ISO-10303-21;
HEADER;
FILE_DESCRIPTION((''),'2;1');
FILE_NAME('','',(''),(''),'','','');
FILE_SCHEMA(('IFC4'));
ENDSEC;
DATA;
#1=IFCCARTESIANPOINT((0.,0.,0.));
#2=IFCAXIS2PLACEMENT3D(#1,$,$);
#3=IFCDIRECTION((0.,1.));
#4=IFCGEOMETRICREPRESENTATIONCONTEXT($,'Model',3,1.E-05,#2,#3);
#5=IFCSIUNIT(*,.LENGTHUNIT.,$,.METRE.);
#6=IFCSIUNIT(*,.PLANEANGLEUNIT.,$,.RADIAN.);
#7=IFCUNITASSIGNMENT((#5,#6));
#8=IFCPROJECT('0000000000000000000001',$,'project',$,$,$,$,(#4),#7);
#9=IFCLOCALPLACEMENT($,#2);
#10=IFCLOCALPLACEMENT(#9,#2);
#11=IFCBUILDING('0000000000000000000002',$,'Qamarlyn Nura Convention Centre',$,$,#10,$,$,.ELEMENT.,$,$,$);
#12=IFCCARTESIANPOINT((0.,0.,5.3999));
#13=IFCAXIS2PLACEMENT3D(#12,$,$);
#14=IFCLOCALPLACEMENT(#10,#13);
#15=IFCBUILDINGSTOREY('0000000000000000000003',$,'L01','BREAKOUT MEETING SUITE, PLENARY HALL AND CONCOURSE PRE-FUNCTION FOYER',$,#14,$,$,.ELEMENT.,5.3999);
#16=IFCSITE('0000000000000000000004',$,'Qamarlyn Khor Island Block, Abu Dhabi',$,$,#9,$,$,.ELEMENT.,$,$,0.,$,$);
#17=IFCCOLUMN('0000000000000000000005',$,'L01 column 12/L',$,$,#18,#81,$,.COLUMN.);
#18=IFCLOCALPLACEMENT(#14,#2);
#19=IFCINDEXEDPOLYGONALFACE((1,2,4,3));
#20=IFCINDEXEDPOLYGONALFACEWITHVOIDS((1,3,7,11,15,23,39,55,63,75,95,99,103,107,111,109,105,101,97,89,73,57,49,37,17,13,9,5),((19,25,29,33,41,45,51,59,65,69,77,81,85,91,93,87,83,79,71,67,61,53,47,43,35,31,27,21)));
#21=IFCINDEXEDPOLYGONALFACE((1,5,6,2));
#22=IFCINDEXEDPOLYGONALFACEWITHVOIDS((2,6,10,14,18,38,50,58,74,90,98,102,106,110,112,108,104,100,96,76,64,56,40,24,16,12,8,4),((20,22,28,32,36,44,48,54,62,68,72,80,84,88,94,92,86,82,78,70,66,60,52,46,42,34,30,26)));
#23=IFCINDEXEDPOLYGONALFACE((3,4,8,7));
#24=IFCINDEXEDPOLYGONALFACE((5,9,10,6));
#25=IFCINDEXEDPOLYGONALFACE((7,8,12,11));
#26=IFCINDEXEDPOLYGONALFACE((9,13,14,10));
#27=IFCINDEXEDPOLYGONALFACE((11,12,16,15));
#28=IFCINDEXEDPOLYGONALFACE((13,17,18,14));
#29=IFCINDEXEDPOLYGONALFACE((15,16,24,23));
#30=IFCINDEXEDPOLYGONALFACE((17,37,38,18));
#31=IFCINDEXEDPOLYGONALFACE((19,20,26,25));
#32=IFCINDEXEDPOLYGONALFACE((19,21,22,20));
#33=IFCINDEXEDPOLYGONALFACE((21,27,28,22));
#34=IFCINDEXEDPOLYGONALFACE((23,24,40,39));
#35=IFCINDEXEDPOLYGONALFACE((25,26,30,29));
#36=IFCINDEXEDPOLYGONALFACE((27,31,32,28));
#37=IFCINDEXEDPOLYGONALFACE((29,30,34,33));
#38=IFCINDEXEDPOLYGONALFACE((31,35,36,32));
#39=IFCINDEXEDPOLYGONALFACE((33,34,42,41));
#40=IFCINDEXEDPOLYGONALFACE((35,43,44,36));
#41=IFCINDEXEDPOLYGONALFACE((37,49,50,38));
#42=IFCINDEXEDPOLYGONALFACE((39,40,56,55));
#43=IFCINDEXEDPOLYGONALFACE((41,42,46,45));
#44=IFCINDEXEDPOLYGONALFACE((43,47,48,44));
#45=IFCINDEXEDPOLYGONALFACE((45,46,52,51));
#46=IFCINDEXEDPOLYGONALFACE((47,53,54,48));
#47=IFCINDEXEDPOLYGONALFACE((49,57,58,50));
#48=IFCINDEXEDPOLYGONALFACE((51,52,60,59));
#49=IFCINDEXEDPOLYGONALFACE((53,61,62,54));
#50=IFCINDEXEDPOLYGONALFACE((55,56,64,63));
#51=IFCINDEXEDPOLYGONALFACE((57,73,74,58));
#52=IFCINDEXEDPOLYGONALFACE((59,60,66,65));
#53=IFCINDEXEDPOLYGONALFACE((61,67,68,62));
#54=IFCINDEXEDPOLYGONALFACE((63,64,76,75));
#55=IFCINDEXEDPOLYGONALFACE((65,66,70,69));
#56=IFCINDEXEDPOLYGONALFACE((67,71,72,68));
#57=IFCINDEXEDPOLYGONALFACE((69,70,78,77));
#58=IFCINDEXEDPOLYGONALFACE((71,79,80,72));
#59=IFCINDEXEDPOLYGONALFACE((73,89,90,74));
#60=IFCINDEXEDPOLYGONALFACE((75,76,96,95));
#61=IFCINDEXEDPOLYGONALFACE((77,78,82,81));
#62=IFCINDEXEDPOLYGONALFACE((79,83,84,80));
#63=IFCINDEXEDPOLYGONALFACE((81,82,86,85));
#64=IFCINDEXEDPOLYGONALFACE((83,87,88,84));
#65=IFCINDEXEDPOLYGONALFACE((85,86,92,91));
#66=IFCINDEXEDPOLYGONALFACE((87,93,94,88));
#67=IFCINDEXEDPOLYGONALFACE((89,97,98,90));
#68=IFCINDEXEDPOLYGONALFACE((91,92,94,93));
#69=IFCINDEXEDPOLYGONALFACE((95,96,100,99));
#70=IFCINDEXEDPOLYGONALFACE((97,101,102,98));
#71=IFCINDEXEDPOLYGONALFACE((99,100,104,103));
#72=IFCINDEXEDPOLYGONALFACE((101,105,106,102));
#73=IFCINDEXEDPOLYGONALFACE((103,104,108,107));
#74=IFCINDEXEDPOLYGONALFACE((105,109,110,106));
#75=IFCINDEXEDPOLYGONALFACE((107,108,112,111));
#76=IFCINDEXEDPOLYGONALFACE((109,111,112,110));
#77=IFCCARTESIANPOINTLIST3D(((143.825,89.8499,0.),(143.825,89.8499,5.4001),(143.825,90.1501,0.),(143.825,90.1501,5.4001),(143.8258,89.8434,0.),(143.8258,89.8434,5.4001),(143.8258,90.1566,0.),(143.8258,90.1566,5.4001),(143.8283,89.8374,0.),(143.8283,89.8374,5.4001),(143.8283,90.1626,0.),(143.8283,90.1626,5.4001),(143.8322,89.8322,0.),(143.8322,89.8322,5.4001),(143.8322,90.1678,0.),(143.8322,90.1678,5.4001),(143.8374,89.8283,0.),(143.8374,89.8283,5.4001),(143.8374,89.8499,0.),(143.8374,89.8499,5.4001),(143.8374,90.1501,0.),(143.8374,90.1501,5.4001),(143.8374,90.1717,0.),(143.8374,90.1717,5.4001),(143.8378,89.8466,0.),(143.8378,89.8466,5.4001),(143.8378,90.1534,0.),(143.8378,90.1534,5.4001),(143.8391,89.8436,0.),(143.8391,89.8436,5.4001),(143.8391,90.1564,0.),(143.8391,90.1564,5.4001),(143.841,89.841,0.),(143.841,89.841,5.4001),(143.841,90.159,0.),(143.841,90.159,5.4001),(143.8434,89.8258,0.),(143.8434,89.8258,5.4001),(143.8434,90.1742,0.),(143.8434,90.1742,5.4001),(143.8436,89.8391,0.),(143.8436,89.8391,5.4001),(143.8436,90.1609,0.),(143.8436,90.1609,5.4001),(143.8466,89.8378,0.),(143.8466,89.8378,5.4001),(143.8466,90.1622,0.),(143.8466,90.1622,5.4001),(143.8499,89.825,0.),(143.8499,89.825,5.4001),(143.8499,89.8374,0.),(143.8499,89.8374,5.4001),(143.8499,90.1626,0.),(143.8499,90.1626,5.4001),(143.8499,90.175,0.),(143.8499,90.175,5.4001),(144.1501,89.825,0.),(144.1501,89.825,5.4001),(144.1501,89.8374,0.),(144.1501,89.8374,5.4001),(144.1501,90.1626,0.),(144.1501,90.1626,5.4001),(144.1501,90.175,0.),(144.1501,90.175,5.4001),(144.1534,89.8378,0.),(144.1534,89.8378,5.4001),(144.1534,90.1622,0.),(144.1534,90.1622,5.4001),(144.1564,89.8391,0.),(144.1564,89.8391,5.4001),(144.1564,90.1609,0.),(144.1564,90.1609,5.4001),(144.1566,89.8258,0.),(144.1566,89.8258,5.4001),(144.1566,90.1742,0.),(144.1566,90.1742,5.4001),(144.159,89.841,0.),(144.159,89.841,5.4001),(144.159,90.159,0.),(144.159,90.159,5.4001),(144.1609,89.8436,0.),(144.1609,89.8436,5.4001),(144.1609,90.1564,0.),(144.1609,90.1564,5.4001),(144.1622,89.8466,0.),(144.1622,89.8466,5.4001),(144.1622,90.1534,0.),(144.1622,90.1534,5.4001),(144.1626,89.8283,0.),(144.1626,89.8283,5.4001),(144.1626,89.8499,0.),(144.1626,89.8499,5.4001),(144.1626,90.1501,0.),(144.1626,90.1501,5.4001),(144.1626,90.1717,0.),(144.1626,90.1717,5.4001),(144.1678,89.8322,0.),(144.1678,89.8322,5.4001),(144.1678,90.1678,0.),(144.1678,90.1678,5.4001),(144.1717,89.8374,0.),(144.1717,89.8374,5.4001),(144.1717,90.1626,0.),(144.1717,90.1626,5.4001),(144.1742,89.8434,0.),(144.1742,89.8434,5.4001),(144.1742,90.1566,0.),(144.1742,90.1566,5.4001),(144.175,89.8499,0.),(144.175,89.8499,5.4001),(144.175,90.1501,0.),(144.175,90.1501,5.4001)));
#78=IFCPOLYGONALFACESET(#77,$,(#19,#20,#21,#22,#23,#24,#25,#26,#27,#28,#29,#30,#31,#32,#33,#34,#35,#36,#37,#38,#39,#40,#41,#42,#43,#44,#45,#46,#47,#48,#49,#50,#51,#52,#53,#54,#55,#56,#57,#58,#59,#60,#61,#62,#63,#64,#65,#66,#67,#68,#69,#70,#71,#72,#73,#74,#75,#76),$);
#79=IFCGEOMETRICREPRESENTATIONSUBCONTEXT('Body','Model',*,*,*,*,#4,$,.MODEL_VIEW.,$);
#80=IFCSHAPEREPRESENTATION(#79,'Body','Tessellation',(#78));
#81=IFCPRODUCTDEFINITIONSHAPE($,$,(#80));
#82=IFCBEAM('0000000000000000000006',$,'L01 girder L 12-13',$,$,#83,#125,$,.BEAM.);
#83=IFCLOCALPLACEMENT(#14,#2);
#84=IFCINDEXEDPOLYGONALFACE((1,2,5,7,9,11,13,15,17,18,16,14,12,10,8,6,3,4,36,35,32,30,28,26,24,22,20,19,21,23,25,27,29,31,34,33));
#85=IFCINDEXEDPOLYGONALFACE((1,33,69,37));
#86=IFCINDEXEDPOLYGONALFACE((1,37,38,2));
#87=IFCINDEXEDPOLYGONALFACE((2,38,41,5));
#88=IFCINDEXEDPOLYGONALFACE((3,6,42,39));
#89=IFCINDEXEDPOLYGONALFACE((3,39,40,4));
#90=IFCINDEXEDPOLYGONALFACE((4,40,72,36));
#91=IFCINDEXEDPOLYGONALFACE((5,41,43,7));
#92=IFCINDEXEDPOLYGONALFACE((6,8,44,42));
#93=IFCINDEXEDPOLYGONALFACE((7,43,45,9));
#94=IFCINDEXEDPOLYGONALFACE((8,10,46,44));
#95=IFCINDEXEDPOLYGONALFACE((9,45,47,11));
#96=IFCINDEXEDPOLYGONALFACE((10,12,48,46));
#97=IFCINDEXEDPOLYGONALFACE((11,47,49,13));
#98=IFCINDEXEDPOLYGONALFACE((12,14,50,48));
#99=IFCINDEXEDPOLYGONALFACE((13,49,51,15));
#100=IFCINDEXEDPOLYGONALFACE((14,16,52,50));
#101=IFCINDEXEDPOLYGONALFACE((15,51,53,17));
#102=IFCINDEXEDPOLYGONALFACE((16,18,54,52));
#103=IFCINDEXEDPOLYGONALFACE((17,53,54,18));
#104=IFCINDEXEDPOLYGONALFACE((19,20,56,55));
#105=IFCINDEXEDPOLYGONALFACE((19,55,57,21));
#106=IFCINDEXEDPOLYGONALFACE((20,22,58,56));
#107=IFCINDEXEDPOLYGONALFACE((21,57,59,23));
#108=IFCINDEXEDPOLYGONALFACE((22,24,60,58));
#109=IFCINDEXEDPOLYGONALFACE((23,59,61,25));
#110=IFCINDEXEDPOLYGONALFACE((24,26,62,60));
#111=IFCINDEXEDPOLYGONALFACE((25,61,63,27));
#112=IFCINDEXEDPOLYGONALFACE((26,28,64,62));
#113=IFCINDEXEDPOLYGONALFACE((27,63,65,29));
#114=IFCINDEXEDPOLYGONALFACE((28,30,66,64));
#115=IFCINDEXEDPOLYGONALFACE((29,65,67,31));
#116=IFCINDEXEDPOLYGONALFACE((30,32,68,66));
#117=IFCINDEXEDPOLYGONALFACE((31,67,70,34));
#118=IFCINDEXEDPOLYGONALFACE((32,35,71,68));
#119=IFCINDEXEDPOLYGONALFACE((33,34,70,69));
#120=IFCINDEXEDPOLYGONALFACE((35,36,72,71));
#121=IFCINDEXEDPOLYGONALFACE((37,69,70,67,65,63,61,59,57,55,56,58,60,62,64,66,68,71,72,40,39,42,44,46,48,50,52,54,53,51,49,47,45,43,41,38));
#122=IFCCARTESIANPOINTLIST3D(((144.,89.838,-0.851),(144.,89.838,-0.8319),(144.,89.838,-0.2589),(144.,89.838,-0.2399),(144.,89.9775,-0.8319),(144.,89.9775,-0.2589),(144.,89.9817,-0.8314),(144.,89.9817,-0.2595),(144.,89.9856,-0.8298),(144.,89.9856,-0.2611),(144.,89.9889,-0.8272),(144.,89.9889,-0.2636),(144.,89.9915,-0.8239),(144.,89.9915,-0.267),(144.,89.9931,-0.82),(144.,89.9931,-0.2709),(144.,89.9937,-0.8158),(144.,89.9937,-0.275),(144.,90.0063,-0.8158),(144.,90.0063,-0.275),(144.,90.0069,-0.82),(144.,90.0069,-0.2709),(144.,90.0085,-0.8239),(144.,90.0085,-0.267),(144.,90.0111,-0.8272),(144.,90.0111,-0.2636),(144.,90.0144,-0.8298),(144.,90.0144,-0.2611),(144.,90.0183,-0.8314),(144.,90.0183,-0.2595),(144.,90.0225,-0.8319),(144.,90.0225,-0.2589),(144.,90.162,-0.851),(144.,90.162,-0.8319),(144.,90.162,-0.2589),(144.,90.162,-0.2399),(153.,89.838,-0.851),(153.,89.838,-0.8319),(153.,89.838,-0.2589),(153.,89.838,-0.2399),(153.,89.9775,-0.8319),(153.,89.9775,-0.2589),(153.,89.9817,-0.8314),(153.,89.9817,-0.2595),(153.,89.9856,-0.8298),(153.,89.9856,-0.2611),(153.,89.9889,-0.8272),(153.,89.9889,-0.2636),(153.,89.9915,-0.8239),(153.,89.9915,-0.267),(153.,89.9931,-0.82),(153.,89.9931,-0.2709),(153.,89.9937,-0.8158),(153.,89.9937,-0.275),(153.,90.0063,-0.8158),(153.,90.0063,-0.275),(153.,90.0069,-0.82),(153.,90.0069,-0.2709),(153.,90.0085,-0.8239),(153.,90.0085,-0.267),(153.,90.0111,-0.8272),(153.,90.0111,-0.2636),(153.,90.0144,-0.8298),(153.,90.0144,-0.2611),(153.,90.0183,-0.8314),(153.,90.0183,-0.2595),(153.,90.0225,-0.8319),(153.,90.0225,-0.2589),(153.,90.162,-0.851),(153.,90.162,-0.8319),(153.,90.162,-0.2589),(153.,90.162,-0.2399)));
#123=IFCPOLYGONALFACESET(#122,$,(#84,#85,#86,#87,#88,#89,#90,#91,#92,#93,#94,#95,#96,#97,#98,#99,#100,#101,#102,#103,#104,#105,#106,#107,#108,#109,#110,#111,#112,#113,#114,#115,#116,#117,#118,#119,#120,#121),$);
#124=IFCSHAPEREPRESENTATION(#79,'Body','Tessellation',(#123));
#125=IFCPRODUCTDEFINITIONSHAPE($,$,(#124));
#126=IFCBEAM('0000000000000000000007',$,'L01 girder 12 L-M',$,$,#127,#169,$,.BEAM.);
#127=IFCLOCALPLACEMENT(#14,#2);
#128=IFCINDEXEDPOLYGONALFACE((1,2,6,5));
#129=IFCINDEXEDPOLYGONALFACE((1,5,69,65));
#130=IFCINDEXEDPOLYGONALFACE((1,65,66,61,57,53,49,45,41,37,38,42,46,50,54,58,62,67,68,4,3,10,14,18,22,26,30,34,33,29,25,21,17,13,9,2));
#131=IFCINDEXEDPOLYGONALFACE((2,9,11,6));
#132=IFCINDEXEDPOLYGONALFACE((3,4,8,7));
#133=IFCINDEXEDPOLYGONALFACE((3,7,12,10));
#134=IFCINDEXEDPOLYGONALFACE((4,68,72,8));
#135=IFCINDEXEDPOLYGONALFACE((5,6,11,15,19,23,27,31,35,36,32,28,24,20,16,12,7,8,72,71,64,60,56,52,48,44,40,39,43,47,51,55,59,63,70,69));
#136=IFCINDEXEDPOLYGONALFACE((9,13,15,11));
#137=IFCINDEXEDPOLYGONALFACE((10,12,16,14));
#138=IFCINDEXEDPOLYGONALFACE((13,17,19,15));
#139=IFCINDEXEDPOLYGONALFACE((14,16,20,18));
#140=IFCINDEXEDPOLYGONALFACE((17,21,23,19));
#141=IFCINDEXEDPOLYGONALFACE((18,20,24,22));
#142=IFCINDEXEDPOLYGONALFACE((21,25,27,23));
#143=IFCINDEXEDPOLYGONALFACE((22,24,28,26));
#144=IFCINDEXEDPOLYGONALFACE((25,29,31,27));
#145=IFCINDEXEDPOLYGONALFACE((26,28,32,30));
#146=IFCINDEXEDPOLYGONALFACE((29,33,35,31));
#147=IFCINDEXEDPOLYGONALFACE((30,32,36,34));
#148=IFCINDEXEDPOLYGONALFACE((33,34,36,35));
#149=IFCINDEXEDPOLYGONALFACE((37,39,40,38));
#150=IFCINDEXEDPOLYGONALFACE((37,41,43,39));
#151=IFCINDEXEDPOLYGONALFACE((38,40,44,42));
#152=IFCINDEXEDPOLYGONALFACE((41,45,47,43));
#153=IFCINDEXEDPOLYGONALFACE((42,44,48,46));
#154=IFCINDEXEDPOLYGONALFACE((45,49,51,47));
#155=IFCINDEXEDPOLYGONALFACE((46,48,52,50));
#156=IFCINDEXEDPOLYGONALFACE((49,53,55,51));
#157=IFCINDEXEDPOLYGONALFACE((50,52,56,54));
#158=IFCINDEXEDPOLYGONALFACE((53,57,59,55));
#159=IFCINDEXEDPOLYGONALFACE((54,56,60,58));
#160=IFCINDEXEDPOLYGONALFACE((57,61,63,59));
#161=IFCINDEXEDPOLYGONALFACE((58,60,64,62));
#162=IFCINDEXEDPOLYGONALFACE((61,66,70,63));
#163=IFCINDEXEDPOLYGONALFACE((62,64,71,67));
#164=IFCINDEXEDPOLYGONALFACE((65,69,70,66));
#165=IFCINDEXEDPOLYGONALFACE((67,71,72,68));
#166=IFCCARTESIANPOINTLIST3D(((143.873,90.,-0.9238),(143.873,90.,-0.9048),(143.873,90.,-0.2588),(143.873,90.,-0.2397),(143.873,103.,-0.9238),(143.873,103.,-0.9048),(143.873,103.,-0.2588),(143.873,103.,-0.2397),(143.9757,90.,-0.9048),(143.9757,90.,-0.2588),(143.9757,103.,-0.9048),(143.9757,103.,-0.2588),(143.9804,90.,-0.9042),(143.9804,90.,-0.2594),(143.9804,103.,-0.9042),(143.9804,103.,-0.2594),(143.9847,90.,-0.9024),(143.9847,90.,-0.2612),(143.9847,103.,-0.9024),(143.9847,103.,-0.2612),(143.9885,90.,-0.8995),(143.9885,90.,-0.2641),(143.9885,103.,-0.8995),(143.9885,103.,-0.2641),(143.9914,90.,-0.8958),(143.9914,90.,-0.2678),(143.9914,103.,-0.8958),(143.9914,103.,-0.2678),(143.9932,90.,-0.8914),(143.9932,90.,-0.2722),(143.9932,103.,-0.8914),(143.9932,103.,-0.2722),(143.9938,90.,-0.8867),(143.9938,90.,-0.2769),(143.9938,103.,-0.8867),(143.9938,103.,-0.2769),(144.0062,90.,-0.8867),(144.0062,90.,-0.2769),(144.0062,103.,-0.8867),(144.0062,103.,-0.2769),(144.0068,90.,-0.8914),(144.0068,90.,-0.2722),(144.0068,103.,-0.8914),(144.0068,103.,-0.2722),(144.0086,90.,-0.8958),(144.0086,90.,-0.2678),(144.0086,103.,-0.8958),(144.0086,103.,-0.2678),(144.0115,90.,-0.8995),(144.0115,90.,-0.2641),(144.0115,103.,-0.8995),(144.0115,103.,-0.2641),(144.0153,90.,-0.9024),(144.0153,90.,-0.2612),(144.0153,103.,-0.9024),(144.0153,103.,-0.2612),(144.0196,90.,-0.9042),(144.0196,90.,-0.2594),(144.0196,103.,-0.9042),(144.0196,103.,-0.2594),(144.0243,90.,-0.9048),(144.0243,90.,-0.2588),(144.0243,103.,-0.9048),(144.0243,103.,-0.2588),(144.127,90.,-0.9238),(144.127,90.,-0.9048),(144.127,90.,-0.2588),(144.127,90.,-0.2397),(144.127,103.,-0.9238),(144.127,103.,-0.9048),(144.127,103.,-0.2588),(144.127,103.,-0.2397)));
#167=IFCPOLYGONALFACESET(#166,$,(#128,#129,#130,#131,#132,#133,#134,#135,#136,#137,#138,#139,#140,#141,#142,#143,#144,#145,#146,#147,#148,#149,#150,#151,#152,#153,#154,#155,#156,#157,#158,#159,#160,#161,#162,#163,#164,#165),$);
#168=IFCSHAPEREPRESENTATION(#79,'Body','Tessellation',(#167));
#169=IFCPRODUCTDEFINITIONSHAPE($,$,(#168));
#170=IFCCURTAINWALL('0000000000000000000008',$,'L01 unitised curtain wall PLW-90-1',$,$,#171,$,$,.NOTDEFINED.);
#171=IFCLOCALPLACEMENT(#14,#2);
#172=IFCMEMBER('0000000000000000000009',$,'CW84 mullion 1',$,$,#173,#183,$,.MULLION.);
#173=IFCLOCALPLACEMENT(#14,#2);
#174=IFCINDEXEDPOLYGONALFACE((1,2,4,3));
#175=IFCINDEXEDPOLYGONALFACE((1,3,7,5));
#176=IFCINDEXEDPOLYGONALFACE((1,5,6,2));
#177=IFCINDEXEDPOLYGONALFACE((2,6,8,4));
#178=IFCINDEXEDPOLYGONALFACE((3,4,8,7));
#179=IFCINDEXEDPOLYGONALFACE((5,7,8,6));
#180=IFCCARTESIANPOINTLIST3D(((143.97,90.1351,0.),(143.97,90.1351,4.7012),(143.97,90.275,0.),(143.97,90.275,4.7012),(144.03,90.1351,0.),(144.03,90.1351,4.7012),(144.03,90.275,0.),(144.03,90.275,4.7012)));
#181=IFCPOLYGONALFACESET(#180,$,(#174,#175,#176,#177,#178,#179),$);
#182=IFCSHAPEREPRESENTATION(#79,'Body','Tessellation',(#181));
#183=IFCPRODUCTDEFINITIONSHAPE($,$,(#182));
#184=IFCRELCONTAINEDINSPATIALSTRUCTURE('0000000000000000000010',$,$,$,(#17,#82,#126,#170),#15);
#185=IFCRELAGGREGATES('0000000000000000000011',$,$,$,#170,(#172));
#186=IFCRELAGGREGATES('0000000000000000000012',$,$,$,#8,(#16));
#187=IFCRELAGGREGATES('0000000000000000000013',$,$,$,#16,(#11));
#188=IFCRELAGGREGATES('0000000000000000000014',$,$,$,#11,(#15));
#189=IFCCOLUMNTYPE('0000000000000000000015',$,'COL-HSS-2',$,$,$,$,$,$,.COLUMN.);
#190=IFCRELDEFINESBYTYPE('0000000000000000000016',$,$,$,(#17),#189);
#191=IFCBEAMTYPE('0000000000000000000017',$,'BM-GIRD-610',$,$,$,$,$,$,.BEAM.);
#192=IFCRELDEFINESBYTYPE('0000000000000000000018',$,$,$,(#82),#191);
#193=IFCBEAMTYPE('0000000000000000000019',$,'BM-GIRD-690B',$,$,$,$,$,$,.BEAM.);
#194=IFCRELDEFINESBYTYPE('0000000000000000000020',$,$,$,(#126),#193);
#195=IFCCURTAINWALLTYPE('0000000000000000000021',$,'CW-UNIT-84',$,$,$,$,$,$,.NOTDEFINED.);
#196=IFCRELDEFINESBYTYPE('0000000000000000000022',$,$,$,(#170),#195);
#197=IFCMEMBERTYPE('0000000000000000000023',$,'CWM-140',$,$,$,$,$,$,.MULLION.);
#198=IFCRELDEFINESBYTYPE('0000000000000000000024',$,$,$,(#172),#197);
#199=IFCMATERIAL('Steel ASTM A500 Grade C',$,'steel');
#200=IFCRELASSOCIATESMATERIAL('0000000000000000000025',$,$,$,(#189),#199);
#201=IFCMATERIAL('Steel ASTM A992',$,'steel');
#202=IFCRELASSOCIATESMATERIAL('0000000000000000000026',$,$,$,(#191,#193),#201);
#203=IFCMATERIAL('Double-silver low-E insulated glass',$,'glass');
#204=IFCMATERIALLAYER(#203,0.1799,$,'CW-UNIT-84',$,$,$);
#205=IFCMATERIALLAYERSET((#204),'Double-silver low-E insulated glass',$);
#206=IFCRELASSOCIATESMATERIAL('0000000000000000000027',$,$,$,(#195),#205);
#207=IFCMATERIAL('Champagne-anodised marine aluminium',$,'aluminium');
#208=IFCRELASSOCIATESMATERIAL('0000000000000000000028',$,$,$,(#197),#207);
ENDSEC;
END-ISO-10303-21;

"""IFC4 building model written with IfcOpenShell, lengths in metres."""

from ifc_helpers import new_model, si_unit, direction, frame, origin, origin_2d, place, context, subcontext, project, spatial, rectangle, hollow_rectangle, i_section, extrude, material, layer, layer_set, material_profile, profile_set, type_object, element, aggregate, save


model = new_model("IFC4")

# Units and contexts
model_context = context("Model", 3, precision=1e-05, world=origin(), true_north=direction((0.0, 1.0)))
body_context = subcontext(model_context, "Body", "Model", "MODEL_VIEW")
ifc_project = project(units=[si_unit("LENGTHUNIT", "METRE"), si_unit("PLANEANGLEUNIT", "RADIAN")], contexts=[model_context])

# Site, building, storey
site_placement = place(None, origin())
site = spatial("IfcSite", under=ifc_project, at=site_placement, Name="Qamarlyn Khor Island Block, Abu Dhabi", CompositionType="ELEMENT", RefElevation=0.0)
building_placement = place(site_placement, origin())
building = spatial("IfcBuilding", under=site, at=building_placement, Name="Qamarlyn Nura Convention Centre", CompositionType="ELEMENT")
storey_placement = place(building_placement, frame((0.0, 0.0, 5.3999)))
storey = spatial("IfcBuildingStorey", under=building, at=storey_placement, Name="L01", Description="BREAKOUT MEETING SUITE, PLENARY HALL AND CONCOURSE PRE-FUNCTION FOYER", CompositionType="ELEMENT", Elevation=5.3999)

# Column
ifc_material_1 = material(Name="Steel ASTM A500 Grade C", Category="steel")
ifc_material_profile_1 = material_profile(ifc_material_1, hollow_rectangle(XDim=0.3501, YDim=0.3501, WallThickness=0.0125, InnerFilletRadius=0.0125, OuterFilletRadius=0.0249, at=origin_2d()), Name="HSS350X350X12.5")
ifc_profile_set_1 = profile_set([ifc_material_profile_1], Name="Steel ASTM A500 Grade C")
column_type = type_object("IfcColumnType", Name="COL-HSS-2", PredefinedType="COLUMN", material=ifc_profile_set_1)
column_placement = place(storey_placement, frame((144.0, 90.0, 0.0), z_axis=(0.0, 0.0, 1.0), x_axis=(1.0, 0.0, 0.0)))
element("IfcColumn", 1, at=column_placement, inside=storey, type_object=column_type, Name="L01 column 12/L", PredefinedType="COLUMN", context=body_context, shape_type="SweptSolid", body=[
    extrude(hollow_rectangle(XDim=0.3501, YDim=0.3501, WallThickness=0.0125, InnerFilletRadius=0.0125, OuterFilletRadius=0.0249, at=origin_2d()), origin(), (0.0, 0.0, 1.0), 5.4001),
])

# Beams
ifc_material_2 = material(Name="Steel ASTM A992", Category="steel")
ifc_material_profile_2 = material_profile(ifc_material_2, i_section(OverallWidth=0.324, OverallDepth=0.6111, WebThickness=0.0127, FlangeThickness=0.019, FilletRadius=0.0161, at=origin_2d()), Name="W610X155")
ifc_profile_set_2 = profile_set([ifc_material_profile_2], Name="Steel ASTM A992")
beam_type_1 = type_object("IfcBeamType", Name="BM-GIRD-610", PredefinedType="BEAM", material=ifc_profile_set_2)
beam_1_placement = place(storey_placement, frame((144.0, 90.0, -0.5454), z_axis=(1.0, 0.0, 0.0), x_axis=(0.0, 1.0, 0.0)))
element("IfcBeam", 2, at=beam_1_placement, inside=storey, type_object=beam_type_1, Name="L01 girder L 12-13", PredefinedType="BEAM", context=body_context, shape_type="SweptSolid", body=[
    extrude(i_section(OverallWidth=0.324, OverallDepth=0.6111, WebThickness=0.0127, FlangeThickness=0.019, FilletRadius=0.0161, at=origin_2d()), origin(), (0.0, 0.0, 1.0), 9.0),
])
ifc_material_profile_3 = material_profile(ifc_material_2, i_section(OverallWidth=0.2539, OverallDepth=0.6841, WebThickness=0.0125, FlangeThickness=0.019, FilletRadius=0.0181, at=origin_2d()), Name="W690X140")
ifc_profile_set_3 = profile_set([ifc_material_profile_3], Name="Steel ASTM A992")
beam_type_2 = type_object("IfcBeamType", Name="BM-GIRD-690B", PredefinedType="BEAM", material=ifc_profile_set_3)
beam_2_placement = place(storey_placement, frame((144.0, 90.0, -0.5818), z_axis=(0.0, 1.0, 0.0), x_axis=(-1.0, 0.0, 0.0)))
element("IfcBeam", 3, at=beam_2_placement, inside=storey, type_object=beam_type_2, Name="L01 girder 12 L-M", PredefinedType="BEAM", context=body_context, shape_type="SweptSolid", body=[
    extrude(i_section(OverallWidth=0.2539, OverallDepth=0.6841, WebThickness=0.0125, FlangeThickness=0.019, FilletRadius=0.0181, at=origin_2d()), origin(), (0.0, 0.0, 1.0), 13.0),
])

# Curtain wall, member
ifc_material_3 = material(Name="Double-silver low-E insulated glass", Category="glass")
ifc_layer_1 = layer(ifc_material_3, 0.1799, Name="CW-UNIT-84")
ifc_layer_set_1 = layer_set([ifc_layer_1], Name="Double-silver low-E insulated glass")
curtain_wall_type_1 = type_object("IfcCurtainWallType", Name="CW-UNIT-84", PredefinedType="NOTDEFINED", material=ifc_layer_set_1)
curtain_wall_1_placement = place(storey_placement, origin())
curtain_wall_1 = element("IfcCurtainWall", 4, at=curtain_wall_1_placement, inside=storey, type_object=curtain_wall_type_1, Name="L01 unitised curtain wall PLW-90-1", PredefinedType="NOTDEFINED")
ifc_material_4 = material(Name="Champagne-anodised marine aluminium", Category="aluminium")
ifc_material_profile_4 = material_profile(ifc_material_4, rectangle(XDim=0.0601, YDim=0.1399, at=origin_2d()), Name="ALU MULLION 60x140")
ifc_profile_set_4 = profile_set([ifc_material_profile_4], Name="Champagne-anodised marine aluminium")
member_type_1 = type_object("IfcMemberType", Name="CWM-140", PredefinedType="MULLION", material=ifc_profile_set_4)
member_1_placement = place(storey_placement, frame((144.0, 90.2051, 0.0), z_axis=(0.0, 0.0, 1.0), x_axis=(-1.0, 0.0, 0.0)))
member_1 = element("IfcMember", 5, at=member_1_placement, type_object=member_type_1, Name="CW84 mullion 1", PredefinedType="MULLION", context=body_context, shape_type="SweptSolid", body=[
    extrude(rectangle(XDim=0.0601, YDim=0.1399, at=origin_2d()), origin(), (0.0, 0.0, 1.0), 4.7012),
])

aggregate(curtain_wall_1, [member_1])

save(model, "model.ifc")
